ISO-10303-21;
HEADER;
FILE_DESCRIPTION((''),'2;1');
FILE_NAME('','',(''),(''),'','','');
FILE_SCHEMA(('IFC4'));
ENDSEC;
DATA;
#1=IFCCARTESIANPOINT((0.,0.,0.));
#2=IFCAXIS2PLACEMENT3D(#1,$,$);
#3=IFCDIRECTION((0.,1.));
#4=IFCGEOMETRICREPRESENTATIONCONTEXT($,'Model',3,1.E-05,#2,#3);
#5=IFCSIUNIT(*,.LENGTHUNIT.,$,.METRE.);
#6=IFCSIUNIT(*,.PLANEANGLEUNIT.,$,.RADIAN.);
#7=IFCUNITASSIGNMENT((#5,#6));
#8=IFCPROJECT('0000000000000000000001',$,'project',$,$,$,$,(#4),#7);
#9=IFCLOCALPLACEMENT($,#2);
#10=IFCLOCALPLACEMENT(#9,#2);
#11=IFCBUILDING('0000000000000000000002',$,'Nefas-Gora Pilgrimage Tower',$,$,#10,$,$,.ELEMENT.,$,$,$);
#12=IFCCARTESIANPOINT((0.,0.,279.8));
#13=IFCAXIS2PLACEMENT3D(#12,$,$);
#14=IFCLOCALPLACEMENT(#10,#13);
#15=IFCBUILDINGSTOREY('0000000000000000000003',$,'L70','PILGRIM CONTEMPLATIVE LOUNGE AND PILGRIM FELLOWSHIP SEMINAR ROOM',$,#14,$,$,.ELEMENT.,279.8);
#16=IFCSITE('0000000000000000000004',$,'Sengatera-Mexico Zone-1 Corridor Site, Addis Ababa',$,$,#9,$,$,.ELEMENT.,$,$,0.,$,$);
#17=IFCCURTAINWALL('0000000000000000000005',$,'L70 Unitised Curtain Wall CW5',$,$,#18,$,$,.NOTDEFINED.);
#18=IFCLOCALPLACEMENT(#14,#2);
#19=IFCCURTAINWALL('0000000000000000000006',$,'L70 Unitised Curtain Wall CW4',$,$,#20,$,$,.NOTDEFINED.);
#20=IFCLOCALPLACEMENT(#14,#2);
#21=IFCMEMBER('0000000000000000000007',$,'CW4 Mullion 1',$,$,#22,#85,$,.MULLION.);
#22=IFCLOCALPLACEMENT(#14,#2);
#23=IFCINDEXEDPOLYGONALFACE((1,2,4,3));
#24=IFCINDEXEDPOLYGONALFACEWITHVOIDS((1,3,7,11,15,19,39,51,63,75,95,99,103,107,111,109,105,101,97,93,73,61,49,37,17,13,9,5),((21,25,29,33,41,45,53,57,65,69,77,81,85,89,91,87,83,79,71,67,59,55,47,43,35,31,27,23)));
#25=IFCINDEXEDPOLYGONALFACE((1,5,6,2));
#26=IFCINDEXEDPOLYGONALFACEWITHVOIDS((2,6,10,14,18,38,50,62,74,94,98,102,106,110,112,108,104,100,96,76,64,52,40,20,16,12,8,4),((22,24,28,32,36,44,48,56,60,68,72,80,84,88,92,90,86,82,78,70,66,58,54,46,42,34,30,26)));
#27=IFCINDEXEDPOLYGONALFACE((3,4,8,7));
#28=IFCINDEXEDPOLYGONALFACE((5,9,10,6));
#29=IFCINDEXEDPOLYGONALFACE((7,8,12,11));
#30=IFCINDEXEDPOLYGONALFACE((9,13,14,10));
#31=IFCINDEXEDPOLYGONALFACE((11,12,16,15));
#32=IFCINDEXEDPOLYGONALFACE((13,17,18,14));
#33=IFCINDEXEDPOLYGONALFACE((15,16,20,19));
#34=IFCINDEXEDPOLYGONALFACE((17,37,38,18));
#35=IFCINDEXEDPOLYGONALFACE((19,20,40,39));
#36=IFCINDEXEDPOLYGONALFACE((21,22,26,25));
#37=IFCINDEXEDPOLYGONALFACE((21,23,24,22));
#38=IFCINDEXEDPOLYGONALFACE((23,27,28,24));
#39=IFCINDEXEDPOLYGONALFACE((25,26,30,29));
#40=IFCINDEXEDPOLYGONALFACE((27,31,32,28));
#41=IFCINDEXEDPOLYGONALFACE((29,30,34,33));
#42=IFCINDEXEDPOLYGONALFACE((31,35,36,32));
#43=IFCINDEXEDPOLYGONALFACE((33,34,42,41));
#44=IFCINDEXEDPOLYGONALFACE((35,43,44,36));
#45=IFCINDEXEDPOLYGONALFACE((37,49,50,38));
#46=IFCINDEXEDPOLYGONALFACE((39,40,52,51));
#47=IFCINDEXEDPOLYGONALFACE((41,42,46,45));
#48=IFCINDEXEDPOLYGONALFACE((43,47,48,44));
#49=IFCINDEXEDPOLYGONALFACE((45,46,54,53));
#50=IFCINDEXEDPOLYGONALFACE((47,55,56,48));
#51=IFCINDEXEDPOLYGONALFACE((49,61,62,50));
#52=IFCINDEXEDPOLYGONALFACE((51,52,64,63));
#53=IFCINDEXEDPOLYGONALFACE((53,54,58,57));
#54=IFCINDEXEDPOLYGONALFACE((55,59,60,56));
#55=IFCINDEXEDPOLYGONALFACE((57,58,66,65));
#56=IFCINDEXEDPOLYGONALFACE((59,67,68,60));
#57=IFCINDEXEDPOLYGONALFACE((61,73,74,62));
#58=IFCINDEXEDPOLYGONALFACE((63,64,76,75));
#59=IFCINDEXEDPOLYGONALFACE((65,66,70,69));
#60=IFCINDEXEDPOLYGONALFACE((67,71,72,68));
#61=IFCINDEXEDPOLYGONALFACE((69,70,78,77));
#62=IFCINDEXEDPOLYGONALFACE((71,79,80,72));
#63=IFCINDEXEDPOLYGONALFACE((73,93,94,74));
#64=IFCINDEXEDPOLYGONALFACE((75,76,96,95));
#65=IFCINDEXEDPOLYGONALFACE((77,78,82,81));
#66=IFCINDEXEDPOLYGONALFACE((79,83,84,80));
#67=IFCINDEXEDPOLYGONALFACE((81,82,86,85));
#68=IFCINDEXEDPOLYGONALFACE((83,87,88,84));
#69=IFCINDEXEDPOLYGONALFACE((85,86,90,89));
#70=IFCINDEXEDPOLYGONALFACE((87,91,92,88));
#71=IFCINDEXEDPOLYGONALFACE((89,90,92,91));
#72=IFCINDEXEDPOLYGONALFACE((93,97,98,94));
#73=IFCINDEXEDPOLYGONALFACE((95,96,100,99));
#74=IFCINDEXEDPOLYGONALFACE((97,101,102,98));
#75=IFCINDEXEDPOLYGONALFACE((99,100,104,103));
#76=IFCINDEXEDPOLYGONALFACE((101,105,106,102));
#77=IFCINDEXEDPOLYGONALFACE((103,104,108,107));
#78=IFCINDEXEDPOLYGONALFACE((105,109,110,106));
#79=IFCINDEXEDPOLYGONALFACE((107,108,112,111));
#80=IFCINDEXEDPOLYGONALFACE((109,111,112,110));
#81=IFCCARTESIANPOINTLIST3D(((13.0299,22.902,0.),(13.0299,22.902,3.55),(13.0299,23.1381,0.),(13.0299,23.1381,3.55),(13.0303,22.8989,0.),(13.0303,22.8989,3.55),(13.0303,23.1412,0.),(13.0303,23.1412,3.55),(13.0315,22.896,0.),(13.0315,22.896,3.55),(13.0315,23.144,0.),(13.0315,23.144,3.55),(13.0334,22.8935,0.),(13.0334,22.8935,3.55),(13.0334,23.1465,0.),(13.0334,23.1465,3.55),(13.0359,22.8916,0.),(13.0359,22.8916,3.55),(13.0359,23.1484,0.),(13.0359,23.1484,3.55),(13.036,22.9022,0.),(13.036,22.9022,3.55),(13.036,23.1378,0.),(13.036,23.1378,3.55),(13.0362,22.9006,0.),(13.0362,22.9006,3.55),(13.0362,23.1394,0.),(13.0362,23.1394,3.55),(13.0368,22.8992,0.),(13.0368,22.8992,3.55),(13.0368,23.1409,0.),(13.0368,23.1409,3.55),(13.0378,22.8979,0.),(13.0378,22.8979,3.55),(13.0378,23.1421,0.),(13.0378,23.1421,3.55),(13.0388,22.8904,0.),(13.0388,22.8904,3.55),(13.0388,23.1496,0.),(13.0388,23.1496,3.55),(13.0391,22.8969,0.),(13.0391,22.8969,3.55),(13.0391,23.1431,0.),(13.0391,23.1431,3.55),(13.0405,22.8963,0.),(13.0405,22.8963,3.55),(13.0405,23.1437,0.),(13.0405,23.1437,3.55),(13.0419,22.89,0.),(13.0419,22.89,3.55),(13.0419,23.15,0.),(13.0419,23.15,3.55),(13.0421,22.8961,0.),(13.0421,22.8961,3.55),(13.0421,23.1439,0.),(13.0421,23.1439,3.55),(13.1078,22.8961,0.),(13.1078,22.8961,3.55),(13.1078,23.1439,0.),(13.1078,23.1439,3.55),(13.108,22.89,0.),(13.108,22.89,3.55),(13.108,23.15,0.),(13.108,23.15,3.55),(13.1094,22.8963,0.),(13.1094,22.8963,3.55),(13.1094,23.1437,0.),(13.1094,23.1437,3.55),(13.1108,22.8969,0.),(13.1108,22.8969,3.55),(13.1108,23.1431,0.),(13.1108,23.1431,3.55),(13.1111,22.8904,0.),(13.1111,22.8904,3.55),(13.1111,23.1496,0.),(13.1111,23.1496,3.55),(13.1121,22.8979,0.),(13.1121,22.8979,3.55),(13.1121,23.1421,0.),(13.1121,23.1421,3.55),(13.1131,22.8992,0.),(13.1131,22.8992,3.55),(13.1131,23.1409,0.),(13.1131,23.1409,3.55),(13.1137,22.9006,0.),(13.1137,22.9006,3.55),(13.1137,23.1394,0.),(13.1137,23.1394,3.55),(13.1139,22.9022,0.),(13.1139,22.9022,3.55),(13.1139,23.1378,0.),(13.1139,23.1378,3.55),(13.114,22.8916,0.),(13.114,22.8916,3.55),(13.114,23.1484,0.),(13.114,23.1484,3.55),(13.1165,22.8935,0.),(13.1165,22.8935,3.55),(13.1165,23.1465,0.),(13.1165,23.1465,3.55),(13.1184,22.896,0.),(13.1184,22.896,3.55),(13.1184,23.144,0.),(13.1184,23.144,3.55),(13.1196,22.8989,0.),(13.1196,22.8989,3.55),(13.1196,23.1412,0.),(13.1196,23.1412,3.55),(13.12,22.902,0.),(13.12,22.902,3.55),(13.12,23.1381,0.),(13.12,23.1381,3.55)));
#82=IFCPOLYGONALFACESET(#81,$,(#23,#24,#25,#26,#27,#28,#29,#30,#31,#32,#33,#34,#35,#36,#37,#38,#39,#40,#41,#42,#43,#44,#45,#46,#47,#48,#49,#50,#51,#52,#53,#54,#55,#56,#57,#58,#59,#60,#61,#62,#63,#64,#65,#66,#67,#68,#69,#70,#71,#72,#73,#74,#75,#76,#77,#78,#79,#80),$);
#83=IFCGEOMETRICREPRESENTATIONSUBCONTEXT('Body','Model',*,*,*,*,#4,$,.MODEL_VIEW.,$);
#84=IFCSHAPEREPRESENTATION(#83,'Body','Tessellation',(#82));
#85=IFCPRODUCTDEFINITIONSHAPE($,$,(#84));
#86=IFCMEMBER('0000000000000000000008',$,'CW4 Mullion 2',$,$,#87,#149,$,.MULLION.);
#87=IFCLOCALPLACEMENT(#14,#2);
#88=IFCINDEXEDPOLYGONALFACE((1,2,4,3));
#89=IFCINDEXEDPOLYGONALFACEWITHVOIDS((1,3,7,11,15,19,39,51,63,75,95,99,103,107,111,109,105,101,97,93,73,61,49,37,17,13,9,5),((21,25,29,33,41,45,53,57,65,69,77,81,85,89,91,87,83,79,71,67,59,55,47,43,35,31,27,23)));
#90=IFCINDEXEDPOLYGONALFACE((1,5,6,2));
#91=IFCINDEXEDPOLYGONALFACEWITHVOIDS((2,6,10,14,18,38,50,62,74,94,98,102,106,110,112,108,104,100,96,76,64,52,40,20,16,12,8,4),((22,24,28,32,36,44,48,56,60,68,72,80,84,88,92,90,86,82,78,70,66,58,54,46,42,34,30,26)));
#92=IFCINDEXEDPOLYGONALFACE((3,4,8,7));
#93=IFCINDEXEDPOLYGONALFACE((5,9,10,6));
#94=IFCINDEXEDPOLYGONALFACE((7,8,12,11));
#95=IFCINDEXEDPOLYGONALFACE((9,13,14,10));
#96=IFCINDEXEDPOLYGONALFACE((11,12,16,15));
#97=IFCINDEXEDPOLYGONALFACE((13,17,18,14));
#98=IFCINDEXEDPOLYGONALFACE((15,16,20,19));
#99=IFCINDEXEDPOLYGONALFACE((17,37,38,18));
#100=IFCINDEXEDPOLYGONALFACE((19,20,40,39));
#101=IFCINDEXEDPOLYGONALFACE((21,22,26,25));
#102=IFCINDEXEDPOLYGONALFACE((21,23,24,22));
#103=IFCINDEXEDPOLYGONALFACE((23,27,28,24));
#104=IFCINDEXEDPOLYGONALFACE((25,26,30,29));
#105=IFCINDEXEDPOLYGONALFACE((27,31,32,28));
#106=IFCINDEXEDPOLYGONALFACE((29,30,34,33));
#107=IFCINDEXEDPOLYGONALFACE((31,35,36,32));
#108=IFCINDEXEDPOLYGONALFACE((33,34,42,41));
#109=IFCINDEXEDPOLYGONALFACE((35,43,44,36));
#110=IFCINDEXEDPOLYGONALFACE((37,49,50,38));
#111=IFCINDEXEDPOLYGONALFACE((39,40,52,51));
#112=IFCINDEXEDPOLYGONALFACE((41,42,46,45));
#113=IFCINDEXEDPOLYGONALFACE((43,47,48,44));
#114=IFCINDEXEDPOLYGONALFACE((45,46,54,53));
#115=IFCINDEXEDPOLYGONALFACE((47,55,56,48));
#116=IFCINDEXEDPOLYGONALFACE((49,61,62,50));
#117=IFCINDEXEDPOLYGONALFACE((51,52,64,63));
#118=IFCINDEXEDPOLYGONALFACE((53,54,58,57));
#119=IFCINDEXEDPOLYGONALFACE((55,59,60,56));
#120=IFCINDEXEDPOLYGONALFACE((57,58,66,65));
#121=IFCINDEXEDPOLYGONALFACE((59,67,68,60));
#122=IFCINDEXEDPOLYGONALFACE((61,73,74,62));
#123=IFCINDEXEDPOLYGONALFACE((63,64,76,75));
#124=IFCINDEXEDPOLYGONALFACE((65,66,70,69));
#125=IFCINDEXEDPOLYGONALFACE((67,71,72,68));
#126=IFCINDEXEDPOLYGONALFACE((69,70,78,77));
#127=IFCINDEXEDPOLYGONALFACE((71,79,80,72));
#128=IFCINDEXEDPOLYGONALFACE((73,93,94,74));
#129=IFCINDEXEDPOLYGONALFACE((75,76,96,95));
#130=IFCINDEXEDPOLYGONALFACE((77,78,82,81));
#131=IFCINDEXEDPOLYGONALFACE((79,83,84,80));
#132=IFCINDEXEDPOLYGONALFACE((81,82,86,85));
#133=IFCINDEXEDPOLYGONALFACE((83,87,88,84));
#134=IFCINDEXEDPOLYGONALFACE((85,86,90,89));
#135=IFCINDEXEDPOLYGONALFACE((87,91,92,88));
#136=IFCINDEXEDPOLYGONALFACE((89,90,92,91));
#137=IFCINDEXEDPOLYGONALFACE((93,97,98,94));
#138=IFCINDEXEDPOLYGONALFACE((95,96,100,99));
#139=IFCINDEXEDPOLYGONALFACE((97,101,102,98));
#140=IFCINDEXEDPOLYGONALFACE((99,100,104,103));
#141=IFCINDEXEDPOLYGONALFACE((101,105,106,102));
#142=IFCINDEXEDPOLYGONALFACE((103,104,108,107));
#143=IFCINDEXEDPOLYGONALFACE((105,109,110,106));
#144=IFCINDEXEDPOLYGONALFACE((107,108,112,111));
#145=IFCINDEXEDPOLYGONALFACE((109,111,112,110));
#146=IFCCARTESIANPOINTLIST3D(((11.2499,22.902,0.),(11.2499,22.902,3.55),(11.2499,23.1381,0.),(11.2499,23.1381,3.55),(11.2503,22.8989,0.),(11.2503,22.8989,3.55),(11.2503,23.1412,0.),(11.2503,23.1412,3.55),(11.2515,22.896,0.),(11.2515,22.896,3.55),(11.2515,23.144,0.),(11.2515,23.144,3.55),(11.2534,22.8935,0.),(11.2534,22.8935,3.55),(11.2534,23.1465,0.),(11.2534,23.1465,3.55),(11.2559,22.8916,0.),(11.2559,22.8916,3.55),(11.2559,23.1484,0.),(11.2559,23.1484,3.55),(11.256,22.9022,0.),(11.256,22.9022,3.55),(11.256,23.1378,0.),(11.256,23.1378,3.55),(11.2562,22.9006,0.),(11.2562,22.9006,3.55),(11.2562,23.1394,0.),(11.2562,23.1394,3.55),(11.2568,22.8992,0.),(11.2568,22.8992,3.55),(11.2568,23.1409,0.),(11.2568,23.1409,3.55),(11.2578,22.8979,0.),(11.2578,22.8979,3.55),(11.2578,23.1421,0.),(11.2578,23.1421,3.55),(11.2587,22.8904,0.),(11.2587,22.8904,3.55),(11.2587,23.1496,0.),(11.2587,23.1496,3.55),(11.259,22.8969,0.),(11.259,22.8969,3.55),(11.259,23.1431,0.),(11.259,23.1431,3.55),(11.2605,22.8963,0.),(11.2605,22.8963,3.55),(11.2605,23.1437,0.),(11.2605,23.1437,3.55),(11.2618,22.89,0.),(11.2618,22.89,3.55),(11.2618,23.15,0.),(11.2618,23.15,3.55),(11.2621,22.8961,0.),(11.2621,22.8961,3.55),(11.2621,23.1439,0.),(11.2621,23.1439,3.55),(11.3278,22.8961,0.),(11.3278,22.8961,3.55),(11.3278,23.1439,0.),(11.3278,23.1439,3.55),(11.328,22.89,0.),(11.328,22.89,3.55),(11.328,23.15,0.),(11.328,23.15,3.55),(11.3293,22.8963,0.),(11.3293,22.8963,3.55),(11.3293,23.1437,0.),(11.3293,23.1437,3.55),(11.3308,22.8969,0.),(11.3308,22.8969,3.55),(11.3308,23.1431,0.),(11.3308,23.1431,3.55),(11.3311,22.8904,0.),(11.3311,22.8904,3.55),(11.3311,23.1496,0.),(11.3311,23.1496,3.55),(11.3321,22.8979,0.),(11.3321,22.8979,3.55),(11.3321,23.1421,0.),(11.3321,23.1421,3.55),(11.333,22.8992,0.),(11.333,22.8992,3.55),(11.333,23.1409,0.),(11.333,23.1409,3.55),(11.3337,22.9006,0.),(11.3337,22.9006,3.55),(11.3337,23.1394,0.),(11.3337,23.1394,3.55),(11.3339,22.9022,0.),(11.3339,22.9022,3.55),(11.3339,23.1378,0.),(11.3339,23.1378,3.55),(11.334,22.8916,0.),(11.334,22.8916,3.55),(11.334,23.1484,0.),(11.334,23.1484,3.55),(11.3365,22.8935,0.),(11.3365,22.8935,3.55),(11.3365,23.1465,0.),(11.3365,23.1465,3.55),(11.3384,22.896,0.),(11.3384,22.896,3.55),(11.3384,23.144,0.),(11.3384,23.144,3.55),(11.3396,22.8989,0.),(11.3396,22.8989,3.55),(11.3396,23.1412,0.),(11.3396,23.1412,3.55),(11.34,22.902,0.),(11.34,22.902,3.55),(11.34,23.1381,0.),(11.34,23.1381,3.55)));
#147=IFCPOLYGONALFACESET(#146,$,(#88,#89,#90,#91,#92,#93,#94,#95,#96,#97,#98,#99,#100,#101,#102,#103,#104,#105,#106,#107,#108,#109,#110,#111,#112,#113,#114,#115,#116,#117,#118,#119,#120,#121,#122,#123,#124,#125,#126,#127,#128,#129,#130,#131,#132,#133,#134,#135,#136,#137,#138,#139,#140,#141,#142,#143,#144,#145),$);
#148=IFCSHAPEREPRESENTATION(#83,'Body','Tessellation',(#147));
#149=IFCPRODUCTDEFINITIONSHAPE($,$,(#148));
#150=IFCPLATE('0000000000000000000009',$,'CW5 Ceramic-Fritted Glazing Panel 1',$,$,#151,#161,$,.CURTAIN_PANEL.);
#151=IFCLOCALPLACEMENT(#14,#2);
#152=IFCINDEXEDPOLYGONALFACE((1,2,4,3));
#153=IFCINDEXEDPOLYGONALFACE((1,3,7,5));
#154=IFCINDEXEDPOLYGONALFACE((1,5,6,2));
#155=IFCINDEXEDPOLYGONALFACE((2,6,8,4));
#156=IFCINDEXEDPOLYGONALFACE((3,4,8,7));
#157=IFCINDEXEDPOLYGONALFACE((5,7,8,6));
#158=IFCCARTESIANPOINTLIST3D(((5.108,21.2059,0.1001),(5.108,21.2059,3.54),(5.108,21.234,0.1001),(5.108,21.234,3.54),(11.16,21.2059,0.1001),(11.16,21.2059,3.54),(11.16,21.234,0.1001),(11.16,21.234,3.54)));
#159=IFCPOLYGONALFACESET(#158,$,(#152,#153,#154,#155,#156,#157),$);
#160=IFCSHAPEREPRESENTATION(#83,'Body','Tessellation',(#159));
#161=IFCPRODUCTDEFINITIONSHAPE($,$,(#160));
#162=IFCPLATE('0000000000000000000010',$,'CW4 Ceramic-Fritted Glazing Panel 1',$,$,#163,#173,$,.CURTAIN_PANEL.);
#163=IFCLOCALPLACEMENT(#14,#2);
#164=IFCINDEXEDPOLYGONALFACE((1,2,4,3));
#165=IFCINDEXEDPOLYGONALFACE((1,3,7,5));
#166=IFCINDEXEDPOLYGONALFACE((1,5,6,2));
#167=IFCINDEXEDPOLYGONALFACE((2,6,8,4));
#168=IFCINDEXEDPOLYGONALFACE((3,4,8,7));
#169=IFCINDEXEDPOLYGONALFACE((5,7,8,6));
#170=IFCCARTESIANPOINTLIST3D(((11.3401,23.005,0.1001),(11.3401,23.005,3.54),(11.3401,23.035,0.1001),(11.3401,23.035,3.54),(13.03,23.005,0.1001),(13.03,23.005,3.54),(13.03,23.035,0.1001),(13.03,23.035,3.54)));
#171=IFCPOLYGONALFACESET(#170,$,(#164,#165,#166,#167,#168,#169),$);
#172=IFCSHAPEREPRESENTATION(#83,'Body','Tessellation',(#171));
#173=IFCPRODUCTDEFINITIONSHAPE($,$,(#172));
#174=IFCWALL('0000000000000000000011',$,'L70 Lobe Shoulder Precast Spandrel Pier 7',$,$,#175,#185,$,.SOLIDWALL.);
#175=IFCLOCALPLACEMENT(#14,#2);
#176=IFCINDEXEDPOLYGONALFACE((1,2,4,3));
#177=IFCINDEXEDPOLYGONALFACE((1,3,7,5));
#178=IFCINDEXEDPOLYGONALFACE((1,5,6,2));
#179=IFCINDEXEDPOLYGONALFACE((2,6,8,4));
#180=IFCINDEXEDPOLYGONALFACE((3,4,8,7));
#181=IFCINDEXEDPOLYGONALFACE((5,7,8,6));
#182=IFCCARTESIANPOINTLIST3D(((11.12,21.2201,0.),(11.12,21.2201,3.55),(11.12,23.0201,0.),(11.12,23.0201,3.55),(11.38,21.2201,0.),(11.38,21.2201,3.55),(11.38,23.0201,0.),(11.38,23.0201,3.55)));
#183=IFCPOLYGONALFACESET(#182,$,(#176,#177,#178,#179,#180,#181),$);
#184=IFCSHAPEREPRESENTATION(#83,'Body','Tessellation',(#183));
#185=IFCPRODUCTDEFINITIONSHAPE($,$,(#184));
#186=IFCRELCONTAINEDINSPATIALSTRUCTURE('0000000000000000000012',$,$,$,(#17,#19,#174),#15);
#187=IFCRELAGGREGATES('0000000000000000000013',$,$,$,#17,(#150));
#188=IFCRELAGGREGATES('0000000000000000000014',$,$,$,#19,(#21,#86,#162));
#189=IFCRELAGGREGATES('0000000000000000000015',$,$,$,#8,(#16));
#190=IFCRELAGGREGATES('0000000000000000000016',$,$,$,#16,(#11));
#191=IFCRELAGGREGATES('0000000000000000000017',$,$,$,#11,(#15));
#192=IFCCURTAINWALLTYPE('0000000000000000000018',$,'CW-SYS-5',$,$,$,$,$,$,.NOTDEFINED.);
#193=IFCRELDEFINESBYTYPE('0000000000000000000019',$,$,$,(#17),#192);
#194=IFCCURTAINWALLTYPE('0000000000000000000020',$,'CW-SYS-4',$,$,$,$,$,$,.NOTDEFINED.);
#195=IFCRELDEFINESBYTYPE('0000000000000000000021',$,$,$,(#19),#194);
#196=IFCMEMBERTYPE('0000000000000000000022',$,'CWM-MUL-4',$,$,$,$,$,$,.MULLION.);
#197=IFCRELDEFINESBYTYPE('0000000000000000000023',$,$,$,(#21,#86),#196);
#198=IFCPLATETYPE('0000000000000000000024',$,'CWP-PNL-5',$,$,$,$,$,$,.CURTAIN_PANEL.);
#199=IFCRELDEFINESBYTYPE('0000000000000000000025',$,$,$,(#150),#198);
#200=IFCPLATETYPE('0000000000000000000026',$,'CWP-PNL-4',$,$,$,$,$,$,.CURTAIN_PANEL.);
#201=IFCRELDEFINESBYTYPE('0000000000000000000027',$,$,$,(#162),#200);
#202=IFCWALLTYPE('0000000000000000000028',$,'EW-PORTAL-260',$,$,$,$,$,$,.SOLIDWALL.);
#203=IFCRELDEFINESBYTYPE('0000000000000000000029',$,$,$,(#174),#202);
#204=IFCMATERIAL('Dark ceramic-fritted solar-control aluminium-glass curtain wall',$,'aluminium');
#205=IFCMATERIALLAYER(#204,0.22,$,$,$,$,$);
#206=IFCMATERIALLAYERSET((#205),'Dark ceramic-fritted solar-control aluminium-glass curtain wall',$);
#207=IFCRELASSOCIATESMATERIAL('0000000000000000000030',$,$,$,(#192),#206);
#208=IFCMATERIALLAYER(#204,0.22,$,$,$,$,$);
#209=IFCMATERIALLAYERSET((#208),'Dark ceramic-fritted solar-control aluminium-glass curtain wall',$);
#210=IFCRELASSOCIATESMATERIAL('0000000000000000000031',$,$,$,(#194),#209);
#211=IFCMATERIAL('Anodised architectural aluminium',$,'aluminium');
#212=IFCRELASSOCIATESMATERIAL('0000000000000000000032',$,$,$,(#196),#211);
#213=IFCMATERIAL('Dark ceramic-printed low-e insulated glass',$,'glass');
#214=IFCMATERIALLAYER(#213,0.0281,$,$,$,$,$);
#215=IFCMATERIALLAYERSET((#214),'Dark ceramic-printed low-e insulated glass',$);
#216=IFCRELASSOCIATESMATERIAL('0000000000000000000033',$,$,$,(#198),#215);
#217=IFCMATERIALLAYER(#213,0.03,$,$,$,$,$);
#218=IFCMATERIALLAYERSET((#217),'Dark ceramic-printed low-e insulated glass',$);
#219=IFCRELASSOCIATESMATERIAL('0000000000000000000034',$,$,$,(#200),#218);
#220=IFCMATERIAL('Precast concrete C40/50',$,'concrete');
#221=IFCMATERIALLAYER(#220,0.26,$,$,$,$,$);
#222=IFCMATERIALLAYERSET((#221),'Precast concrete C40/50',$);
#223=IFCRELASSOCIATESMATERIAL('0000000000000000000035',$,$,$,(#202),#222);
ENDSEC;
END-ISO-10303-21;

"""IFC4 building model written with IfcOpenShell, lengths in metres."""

from ifc_helpers import new_model, si_unit, direction, frame, frame_2d, origin, origin_2d, place, context, subcontext, project, spatial, rectangle, hollow_rectangle, extrude, source, transform, mapped, material, layer, layer_set, material_profile, profile_set, type_object, element, aggregate, save


model = new_model("IFC4")

# Units and contexts
model_context = context("Model", 3, precision=1e-05, world=origin(), true_north=direction((0.0, 1.0)))
body_context = subcontext(model_context, "Body", "Model", "MODEL_VIEW")
ifc_project = project(units=[si_unit("LENGTHUNIT", "METRE"), si_unit("PLANEANGLEUNIT", "RADIAN")], contexts=[model_context])

# Site, building, storey
site_placement = place(None, origin())
site = spatial("IfcSite", under=ifc_project, at=site_placement, Name="Sengatera-Mexico Zone-1 Corridor Site, Addis Ababa", CompositionType="ELEMENT", RefElevation=0.0)
building_placement = place(site_placement, origin())
building = spatial("IfcBuilding", under=site, at=building_placement, Name="Nefas-Gora Pilgrimage Tower", CompositionType="ELEMENT")
storey_placement = place(building_placement, frame((0.0, 0.0, 279.8)))
storey = spatial("IfcBuildingStorey", under=building, at=storey_placement, Name="L70", Description="PILGRIM CONTEMPLATIVE LOUNGE AND PILGRIM FELLOWSHIP SEMINAR ROOM", CompositionType="ELEMENT", Elevation=279.8)

# Curtain wall
ifc_material_1 = material(Name="Dark ceramic-fritted solar-control aluminium-glass curtain wall", Category="aluminium")
ifc_layer_1 = layer(ifc_material_1, 0.22)
ifc_layer_set_1 = layer_set([ifc_layer_1], Name="Dark ceramic-fritted solar-control aluminium-glass curtain wall")
curtain_wall_type_1 = type_object("IfcCurtainWallType", Name="CW-SYS-5", PredefinedType="NOTDEFINED", material=ifc_layer_set_1)
curtain_wall_1_placement = place(storey_placement, origin())
curtain_wall_1 = element("IfcCurtainWall", 1, at=curtain_wall_1_placement, inside=storey, type_object=curtain_wall_type_1, Name="L70 Unitised Curtain Wall CW5", PredefinedType="NOTDEFINED")
ifc_material_2 = material(Name="Anodised architectural aluminium", Category="aluminium")

# Curtain wall
ifc_layer_2 = layer(ifc_material_1, 0.22)
ifc_layer_set_2 = layer_set([ifc_layer_2], Name="Dark ceramic-fritted solar-control aluminium-glass curtain wall")
curtain_wall_type_2 = type_object("IfcCurtainWallType", Name="CW-SYS-4", PredefinedType="NOTDEFINED", material=ifc_layer_set_2)
curtain_wall_2_placement = place(storey_placement, origin())
curtain_wall_2 = element("IfcCurtainWall", 2, at=curtain_wall_2_placement, inside=storey, type_object=curtain_wall_type_2, Name="L70 Unitised Curtain Wall CW4", PredefinedType="NOTDEFINED")
ifc_material_profile_1 = material_profile(ifc_material_2, hollow_rectangle(XDim=0.0901, YDim=0.26, WallThickness=0.0061, InnerFilletRadius=0.0061, OuterFilletRadius=0.012, at=origin_2d()), Name="ALU MULLION 90x260")
ifc_profile_set_1 = profile_set([ifc_material_profile_1], Name="Anodised architectural aluminium")
member_type_1 = type_object("IfcMemberType", Name="CWM-MUL-4", PredefinedType="MULLION", material=ifc_profile_set_1)
shared_shape_1 = source(origin(), body_context, "Body", "SweptSolid", [
    extrude(hollow_rectangle(XDim=0.0901, YDim=0.26, WallThickness=0.0061, InnerFilletRadius=0.0061, OuterFilletRadius=0.012, at=origin_2d()), origin(), (0.0, 0.0, 1.0), 3.55),
])

# Members
member_1_placement = place(storey_placement, frame((13.075, 23.02, 0.0), z_axis=(0.0, 0.0, 1.0), x_axis=(-1.0, 0.0, 0.0)))
member_1 = element("IfcMember", 3, at=member_1_placement, type_object=member_type_1, Name="CW4 Mullion 1", PredefinedType="MULLION", context=body_context, shape_type="MappedRepresentation", body=[
    mapped(shared_shape_1, transform((0.0, 0.0, 0.0), x_axis=(1.0, 0.0, 0.0), y_axis=(0.0, 1.0, 0.0), z_axis=(0.0, 0.0, 1.0), scale=1.0)),
])
member_2_placement = place(storey_placement, frame((11.2949, 23.02, 0.0), z_axis=(0.0, 0.0, 1.0), x_axis=(-1.0, 0.0, 0.0)))
member_2 = element("IfcMember", 4, at=member_2_placement, type_object=member_type_1, Name="CW4 Mullion 2", PredefinedType="MULLION", context=body_context, shape_type="MappedRepresentation", body=[
    mapped(shared_shape_1, transform((0.0, 0.0, 0.0), x_axis=(1.0, 0.0, 0.0), y_axis=(0.0, 1.0, 0.0), z_axis=(0.0, 0.0, 1.0), scale=1.0)),
])

# Plates
ifc_material_3 = material(Name="Dark ceramic-printed low-e insulated glass", Category="glass")
ifc_layer_3 = layer(ifc_material_3, 0.0281)
ifc_layer_set_3 = layer_set([ifc_layer_3], Name="Dark ceramic-printed low-e insulated glass")
plate_type_1 = type_object("IfcPlateType", Name="CWP-PNL-5", PredefinedType="CURTAIN_PANEL", material=ifc_layer_set_3)
shared_shape_2 = source(origin(), body_context, "Body", "SweptSolid", [
    extrude(rectangle(XDim=6.052, YDim=0.0281, at=origin_2d()), origin(), (0.0, 0.0, 1.0), 3.4399),
])
plate_1_placement = place(storey_placement, frame((8.134, 21.22, 0.1001), z_axis=(0.0, 0.0, 1.0), x_axis=(-1.0, 0.0, 0.0)))
plate_1 = element("IfcPlate", 5, at=plate_1_placement, type_object=plate_type_1, Name="CW5 Ceramic-Fritted Glazing Panel 1", PredefinedType="CURTAIN_PANEL", context=body_context, shape_type="MappedRepresentation", body=[
    mapped(shared_shape_2, transform((0.0, 0.0, 0.0), x_axis=(1.0, 0.0, 0.0), y_axis=(0.0, 1.0, 0.0), z_axis=(0.0, 0.0, 1.0), scale=1.0)),
])
aggregate(curtain_wall_1, [plate_1])
ifc_layer_4 = layer(ifc_material_3, 0.03)
ifc_layer_set_4 = layer_set([ifc_layer_4], Name="Dark ceramic-printed low-e insulated glass")
plate_type_2 = type_object("IfcPlateType", Name="CWP-PNL-4", PredefinedType="CURTAIN_PANEL", material=ifc_layer_set_4)
shared_shape_3 = source(origin(), body_context, "Body", "SweptSolid", [
    extrude(rectangle(XDim=1.6899, YDim=0.03, at=origin_2d()), origin(), (0.0, 0.0, 1.0), 3.4399),
])
plate_2_placement = place(storey_placement, frame((12.1851, 23.02, 0.1001), z_axis=(0.0, 0.0, 1.0), x_axis=(-1.0, 0.0, 0.0)))
plate_2 = element("IfcPlate", 6, at=plate_2_placement, type_object=plate_type_2, Name="CW4 Ceramic-Fritted Glazing Panel 1", PredefinedType="CURTAIN_PANEL", context=body_context, shape_type="MappedRepresentation", body=[
    mapped(shared_shape_3, transform((0.0, 0.0, 0.0), x_axis=(1.0, 0.0, 0.0), y_axis=(0.0, 1.0, 0.0), z_axis=(0.0, 0.0, 1.0), scale=1.0)),
])
aggregate(curtain_wall_2, [member_1, member_2, plate_2])

# Wall
ifc_material_4 = material(Name="Precast concrete C40/50", Category="concrete")
ifc_layer_5 = layer(ifc_material_4, 0.26)
ifc_layer_set_5 = layer_set([ifc_layer_5], Name="Precast concrete C40/50")
wall_type_1 = type_object("IfcWallType", Name="EW-PORTAL-260", PredefinedType="SOLIDWALL", material=ifc_layer_set_5)
shared_shape_4 = source(origin(), body_context, "Body", "SweptSolid", [
    extrude(rectangle(XDim=1.8, YDim=0.26, at=frame_2d((0.8999, 0.0))), origin(), (0.0, 0.0, 1.0), 3.55),
])
wall_1_placement = place(storey_placement, frame((11.25, 23.02, 0.0), z_axis=(0.0, 0.0, 1.0), x_axis=(0.0, -1.0, 0.0)))
element("IfcWall", 7, at=wall_1_placement, inside=storey, type_object=wall_type_1, Name="L70 Lobe Shoulder Precast Spandrel Pier 7", PredefinedType="SOLIDWALL", context=body_context, shape_type="MappedRepresentation", body=[
    mapped(shared_shape_4, transform((0.0, 0.0, 0.0), x_axis=(1.0, 0.0, 0.0), y_axis=(0.0, 1.0, 0.0), z_axis=(0.0, 0.0, 1.0), scale=1.0)),
])

save(model, "model.ifc")
